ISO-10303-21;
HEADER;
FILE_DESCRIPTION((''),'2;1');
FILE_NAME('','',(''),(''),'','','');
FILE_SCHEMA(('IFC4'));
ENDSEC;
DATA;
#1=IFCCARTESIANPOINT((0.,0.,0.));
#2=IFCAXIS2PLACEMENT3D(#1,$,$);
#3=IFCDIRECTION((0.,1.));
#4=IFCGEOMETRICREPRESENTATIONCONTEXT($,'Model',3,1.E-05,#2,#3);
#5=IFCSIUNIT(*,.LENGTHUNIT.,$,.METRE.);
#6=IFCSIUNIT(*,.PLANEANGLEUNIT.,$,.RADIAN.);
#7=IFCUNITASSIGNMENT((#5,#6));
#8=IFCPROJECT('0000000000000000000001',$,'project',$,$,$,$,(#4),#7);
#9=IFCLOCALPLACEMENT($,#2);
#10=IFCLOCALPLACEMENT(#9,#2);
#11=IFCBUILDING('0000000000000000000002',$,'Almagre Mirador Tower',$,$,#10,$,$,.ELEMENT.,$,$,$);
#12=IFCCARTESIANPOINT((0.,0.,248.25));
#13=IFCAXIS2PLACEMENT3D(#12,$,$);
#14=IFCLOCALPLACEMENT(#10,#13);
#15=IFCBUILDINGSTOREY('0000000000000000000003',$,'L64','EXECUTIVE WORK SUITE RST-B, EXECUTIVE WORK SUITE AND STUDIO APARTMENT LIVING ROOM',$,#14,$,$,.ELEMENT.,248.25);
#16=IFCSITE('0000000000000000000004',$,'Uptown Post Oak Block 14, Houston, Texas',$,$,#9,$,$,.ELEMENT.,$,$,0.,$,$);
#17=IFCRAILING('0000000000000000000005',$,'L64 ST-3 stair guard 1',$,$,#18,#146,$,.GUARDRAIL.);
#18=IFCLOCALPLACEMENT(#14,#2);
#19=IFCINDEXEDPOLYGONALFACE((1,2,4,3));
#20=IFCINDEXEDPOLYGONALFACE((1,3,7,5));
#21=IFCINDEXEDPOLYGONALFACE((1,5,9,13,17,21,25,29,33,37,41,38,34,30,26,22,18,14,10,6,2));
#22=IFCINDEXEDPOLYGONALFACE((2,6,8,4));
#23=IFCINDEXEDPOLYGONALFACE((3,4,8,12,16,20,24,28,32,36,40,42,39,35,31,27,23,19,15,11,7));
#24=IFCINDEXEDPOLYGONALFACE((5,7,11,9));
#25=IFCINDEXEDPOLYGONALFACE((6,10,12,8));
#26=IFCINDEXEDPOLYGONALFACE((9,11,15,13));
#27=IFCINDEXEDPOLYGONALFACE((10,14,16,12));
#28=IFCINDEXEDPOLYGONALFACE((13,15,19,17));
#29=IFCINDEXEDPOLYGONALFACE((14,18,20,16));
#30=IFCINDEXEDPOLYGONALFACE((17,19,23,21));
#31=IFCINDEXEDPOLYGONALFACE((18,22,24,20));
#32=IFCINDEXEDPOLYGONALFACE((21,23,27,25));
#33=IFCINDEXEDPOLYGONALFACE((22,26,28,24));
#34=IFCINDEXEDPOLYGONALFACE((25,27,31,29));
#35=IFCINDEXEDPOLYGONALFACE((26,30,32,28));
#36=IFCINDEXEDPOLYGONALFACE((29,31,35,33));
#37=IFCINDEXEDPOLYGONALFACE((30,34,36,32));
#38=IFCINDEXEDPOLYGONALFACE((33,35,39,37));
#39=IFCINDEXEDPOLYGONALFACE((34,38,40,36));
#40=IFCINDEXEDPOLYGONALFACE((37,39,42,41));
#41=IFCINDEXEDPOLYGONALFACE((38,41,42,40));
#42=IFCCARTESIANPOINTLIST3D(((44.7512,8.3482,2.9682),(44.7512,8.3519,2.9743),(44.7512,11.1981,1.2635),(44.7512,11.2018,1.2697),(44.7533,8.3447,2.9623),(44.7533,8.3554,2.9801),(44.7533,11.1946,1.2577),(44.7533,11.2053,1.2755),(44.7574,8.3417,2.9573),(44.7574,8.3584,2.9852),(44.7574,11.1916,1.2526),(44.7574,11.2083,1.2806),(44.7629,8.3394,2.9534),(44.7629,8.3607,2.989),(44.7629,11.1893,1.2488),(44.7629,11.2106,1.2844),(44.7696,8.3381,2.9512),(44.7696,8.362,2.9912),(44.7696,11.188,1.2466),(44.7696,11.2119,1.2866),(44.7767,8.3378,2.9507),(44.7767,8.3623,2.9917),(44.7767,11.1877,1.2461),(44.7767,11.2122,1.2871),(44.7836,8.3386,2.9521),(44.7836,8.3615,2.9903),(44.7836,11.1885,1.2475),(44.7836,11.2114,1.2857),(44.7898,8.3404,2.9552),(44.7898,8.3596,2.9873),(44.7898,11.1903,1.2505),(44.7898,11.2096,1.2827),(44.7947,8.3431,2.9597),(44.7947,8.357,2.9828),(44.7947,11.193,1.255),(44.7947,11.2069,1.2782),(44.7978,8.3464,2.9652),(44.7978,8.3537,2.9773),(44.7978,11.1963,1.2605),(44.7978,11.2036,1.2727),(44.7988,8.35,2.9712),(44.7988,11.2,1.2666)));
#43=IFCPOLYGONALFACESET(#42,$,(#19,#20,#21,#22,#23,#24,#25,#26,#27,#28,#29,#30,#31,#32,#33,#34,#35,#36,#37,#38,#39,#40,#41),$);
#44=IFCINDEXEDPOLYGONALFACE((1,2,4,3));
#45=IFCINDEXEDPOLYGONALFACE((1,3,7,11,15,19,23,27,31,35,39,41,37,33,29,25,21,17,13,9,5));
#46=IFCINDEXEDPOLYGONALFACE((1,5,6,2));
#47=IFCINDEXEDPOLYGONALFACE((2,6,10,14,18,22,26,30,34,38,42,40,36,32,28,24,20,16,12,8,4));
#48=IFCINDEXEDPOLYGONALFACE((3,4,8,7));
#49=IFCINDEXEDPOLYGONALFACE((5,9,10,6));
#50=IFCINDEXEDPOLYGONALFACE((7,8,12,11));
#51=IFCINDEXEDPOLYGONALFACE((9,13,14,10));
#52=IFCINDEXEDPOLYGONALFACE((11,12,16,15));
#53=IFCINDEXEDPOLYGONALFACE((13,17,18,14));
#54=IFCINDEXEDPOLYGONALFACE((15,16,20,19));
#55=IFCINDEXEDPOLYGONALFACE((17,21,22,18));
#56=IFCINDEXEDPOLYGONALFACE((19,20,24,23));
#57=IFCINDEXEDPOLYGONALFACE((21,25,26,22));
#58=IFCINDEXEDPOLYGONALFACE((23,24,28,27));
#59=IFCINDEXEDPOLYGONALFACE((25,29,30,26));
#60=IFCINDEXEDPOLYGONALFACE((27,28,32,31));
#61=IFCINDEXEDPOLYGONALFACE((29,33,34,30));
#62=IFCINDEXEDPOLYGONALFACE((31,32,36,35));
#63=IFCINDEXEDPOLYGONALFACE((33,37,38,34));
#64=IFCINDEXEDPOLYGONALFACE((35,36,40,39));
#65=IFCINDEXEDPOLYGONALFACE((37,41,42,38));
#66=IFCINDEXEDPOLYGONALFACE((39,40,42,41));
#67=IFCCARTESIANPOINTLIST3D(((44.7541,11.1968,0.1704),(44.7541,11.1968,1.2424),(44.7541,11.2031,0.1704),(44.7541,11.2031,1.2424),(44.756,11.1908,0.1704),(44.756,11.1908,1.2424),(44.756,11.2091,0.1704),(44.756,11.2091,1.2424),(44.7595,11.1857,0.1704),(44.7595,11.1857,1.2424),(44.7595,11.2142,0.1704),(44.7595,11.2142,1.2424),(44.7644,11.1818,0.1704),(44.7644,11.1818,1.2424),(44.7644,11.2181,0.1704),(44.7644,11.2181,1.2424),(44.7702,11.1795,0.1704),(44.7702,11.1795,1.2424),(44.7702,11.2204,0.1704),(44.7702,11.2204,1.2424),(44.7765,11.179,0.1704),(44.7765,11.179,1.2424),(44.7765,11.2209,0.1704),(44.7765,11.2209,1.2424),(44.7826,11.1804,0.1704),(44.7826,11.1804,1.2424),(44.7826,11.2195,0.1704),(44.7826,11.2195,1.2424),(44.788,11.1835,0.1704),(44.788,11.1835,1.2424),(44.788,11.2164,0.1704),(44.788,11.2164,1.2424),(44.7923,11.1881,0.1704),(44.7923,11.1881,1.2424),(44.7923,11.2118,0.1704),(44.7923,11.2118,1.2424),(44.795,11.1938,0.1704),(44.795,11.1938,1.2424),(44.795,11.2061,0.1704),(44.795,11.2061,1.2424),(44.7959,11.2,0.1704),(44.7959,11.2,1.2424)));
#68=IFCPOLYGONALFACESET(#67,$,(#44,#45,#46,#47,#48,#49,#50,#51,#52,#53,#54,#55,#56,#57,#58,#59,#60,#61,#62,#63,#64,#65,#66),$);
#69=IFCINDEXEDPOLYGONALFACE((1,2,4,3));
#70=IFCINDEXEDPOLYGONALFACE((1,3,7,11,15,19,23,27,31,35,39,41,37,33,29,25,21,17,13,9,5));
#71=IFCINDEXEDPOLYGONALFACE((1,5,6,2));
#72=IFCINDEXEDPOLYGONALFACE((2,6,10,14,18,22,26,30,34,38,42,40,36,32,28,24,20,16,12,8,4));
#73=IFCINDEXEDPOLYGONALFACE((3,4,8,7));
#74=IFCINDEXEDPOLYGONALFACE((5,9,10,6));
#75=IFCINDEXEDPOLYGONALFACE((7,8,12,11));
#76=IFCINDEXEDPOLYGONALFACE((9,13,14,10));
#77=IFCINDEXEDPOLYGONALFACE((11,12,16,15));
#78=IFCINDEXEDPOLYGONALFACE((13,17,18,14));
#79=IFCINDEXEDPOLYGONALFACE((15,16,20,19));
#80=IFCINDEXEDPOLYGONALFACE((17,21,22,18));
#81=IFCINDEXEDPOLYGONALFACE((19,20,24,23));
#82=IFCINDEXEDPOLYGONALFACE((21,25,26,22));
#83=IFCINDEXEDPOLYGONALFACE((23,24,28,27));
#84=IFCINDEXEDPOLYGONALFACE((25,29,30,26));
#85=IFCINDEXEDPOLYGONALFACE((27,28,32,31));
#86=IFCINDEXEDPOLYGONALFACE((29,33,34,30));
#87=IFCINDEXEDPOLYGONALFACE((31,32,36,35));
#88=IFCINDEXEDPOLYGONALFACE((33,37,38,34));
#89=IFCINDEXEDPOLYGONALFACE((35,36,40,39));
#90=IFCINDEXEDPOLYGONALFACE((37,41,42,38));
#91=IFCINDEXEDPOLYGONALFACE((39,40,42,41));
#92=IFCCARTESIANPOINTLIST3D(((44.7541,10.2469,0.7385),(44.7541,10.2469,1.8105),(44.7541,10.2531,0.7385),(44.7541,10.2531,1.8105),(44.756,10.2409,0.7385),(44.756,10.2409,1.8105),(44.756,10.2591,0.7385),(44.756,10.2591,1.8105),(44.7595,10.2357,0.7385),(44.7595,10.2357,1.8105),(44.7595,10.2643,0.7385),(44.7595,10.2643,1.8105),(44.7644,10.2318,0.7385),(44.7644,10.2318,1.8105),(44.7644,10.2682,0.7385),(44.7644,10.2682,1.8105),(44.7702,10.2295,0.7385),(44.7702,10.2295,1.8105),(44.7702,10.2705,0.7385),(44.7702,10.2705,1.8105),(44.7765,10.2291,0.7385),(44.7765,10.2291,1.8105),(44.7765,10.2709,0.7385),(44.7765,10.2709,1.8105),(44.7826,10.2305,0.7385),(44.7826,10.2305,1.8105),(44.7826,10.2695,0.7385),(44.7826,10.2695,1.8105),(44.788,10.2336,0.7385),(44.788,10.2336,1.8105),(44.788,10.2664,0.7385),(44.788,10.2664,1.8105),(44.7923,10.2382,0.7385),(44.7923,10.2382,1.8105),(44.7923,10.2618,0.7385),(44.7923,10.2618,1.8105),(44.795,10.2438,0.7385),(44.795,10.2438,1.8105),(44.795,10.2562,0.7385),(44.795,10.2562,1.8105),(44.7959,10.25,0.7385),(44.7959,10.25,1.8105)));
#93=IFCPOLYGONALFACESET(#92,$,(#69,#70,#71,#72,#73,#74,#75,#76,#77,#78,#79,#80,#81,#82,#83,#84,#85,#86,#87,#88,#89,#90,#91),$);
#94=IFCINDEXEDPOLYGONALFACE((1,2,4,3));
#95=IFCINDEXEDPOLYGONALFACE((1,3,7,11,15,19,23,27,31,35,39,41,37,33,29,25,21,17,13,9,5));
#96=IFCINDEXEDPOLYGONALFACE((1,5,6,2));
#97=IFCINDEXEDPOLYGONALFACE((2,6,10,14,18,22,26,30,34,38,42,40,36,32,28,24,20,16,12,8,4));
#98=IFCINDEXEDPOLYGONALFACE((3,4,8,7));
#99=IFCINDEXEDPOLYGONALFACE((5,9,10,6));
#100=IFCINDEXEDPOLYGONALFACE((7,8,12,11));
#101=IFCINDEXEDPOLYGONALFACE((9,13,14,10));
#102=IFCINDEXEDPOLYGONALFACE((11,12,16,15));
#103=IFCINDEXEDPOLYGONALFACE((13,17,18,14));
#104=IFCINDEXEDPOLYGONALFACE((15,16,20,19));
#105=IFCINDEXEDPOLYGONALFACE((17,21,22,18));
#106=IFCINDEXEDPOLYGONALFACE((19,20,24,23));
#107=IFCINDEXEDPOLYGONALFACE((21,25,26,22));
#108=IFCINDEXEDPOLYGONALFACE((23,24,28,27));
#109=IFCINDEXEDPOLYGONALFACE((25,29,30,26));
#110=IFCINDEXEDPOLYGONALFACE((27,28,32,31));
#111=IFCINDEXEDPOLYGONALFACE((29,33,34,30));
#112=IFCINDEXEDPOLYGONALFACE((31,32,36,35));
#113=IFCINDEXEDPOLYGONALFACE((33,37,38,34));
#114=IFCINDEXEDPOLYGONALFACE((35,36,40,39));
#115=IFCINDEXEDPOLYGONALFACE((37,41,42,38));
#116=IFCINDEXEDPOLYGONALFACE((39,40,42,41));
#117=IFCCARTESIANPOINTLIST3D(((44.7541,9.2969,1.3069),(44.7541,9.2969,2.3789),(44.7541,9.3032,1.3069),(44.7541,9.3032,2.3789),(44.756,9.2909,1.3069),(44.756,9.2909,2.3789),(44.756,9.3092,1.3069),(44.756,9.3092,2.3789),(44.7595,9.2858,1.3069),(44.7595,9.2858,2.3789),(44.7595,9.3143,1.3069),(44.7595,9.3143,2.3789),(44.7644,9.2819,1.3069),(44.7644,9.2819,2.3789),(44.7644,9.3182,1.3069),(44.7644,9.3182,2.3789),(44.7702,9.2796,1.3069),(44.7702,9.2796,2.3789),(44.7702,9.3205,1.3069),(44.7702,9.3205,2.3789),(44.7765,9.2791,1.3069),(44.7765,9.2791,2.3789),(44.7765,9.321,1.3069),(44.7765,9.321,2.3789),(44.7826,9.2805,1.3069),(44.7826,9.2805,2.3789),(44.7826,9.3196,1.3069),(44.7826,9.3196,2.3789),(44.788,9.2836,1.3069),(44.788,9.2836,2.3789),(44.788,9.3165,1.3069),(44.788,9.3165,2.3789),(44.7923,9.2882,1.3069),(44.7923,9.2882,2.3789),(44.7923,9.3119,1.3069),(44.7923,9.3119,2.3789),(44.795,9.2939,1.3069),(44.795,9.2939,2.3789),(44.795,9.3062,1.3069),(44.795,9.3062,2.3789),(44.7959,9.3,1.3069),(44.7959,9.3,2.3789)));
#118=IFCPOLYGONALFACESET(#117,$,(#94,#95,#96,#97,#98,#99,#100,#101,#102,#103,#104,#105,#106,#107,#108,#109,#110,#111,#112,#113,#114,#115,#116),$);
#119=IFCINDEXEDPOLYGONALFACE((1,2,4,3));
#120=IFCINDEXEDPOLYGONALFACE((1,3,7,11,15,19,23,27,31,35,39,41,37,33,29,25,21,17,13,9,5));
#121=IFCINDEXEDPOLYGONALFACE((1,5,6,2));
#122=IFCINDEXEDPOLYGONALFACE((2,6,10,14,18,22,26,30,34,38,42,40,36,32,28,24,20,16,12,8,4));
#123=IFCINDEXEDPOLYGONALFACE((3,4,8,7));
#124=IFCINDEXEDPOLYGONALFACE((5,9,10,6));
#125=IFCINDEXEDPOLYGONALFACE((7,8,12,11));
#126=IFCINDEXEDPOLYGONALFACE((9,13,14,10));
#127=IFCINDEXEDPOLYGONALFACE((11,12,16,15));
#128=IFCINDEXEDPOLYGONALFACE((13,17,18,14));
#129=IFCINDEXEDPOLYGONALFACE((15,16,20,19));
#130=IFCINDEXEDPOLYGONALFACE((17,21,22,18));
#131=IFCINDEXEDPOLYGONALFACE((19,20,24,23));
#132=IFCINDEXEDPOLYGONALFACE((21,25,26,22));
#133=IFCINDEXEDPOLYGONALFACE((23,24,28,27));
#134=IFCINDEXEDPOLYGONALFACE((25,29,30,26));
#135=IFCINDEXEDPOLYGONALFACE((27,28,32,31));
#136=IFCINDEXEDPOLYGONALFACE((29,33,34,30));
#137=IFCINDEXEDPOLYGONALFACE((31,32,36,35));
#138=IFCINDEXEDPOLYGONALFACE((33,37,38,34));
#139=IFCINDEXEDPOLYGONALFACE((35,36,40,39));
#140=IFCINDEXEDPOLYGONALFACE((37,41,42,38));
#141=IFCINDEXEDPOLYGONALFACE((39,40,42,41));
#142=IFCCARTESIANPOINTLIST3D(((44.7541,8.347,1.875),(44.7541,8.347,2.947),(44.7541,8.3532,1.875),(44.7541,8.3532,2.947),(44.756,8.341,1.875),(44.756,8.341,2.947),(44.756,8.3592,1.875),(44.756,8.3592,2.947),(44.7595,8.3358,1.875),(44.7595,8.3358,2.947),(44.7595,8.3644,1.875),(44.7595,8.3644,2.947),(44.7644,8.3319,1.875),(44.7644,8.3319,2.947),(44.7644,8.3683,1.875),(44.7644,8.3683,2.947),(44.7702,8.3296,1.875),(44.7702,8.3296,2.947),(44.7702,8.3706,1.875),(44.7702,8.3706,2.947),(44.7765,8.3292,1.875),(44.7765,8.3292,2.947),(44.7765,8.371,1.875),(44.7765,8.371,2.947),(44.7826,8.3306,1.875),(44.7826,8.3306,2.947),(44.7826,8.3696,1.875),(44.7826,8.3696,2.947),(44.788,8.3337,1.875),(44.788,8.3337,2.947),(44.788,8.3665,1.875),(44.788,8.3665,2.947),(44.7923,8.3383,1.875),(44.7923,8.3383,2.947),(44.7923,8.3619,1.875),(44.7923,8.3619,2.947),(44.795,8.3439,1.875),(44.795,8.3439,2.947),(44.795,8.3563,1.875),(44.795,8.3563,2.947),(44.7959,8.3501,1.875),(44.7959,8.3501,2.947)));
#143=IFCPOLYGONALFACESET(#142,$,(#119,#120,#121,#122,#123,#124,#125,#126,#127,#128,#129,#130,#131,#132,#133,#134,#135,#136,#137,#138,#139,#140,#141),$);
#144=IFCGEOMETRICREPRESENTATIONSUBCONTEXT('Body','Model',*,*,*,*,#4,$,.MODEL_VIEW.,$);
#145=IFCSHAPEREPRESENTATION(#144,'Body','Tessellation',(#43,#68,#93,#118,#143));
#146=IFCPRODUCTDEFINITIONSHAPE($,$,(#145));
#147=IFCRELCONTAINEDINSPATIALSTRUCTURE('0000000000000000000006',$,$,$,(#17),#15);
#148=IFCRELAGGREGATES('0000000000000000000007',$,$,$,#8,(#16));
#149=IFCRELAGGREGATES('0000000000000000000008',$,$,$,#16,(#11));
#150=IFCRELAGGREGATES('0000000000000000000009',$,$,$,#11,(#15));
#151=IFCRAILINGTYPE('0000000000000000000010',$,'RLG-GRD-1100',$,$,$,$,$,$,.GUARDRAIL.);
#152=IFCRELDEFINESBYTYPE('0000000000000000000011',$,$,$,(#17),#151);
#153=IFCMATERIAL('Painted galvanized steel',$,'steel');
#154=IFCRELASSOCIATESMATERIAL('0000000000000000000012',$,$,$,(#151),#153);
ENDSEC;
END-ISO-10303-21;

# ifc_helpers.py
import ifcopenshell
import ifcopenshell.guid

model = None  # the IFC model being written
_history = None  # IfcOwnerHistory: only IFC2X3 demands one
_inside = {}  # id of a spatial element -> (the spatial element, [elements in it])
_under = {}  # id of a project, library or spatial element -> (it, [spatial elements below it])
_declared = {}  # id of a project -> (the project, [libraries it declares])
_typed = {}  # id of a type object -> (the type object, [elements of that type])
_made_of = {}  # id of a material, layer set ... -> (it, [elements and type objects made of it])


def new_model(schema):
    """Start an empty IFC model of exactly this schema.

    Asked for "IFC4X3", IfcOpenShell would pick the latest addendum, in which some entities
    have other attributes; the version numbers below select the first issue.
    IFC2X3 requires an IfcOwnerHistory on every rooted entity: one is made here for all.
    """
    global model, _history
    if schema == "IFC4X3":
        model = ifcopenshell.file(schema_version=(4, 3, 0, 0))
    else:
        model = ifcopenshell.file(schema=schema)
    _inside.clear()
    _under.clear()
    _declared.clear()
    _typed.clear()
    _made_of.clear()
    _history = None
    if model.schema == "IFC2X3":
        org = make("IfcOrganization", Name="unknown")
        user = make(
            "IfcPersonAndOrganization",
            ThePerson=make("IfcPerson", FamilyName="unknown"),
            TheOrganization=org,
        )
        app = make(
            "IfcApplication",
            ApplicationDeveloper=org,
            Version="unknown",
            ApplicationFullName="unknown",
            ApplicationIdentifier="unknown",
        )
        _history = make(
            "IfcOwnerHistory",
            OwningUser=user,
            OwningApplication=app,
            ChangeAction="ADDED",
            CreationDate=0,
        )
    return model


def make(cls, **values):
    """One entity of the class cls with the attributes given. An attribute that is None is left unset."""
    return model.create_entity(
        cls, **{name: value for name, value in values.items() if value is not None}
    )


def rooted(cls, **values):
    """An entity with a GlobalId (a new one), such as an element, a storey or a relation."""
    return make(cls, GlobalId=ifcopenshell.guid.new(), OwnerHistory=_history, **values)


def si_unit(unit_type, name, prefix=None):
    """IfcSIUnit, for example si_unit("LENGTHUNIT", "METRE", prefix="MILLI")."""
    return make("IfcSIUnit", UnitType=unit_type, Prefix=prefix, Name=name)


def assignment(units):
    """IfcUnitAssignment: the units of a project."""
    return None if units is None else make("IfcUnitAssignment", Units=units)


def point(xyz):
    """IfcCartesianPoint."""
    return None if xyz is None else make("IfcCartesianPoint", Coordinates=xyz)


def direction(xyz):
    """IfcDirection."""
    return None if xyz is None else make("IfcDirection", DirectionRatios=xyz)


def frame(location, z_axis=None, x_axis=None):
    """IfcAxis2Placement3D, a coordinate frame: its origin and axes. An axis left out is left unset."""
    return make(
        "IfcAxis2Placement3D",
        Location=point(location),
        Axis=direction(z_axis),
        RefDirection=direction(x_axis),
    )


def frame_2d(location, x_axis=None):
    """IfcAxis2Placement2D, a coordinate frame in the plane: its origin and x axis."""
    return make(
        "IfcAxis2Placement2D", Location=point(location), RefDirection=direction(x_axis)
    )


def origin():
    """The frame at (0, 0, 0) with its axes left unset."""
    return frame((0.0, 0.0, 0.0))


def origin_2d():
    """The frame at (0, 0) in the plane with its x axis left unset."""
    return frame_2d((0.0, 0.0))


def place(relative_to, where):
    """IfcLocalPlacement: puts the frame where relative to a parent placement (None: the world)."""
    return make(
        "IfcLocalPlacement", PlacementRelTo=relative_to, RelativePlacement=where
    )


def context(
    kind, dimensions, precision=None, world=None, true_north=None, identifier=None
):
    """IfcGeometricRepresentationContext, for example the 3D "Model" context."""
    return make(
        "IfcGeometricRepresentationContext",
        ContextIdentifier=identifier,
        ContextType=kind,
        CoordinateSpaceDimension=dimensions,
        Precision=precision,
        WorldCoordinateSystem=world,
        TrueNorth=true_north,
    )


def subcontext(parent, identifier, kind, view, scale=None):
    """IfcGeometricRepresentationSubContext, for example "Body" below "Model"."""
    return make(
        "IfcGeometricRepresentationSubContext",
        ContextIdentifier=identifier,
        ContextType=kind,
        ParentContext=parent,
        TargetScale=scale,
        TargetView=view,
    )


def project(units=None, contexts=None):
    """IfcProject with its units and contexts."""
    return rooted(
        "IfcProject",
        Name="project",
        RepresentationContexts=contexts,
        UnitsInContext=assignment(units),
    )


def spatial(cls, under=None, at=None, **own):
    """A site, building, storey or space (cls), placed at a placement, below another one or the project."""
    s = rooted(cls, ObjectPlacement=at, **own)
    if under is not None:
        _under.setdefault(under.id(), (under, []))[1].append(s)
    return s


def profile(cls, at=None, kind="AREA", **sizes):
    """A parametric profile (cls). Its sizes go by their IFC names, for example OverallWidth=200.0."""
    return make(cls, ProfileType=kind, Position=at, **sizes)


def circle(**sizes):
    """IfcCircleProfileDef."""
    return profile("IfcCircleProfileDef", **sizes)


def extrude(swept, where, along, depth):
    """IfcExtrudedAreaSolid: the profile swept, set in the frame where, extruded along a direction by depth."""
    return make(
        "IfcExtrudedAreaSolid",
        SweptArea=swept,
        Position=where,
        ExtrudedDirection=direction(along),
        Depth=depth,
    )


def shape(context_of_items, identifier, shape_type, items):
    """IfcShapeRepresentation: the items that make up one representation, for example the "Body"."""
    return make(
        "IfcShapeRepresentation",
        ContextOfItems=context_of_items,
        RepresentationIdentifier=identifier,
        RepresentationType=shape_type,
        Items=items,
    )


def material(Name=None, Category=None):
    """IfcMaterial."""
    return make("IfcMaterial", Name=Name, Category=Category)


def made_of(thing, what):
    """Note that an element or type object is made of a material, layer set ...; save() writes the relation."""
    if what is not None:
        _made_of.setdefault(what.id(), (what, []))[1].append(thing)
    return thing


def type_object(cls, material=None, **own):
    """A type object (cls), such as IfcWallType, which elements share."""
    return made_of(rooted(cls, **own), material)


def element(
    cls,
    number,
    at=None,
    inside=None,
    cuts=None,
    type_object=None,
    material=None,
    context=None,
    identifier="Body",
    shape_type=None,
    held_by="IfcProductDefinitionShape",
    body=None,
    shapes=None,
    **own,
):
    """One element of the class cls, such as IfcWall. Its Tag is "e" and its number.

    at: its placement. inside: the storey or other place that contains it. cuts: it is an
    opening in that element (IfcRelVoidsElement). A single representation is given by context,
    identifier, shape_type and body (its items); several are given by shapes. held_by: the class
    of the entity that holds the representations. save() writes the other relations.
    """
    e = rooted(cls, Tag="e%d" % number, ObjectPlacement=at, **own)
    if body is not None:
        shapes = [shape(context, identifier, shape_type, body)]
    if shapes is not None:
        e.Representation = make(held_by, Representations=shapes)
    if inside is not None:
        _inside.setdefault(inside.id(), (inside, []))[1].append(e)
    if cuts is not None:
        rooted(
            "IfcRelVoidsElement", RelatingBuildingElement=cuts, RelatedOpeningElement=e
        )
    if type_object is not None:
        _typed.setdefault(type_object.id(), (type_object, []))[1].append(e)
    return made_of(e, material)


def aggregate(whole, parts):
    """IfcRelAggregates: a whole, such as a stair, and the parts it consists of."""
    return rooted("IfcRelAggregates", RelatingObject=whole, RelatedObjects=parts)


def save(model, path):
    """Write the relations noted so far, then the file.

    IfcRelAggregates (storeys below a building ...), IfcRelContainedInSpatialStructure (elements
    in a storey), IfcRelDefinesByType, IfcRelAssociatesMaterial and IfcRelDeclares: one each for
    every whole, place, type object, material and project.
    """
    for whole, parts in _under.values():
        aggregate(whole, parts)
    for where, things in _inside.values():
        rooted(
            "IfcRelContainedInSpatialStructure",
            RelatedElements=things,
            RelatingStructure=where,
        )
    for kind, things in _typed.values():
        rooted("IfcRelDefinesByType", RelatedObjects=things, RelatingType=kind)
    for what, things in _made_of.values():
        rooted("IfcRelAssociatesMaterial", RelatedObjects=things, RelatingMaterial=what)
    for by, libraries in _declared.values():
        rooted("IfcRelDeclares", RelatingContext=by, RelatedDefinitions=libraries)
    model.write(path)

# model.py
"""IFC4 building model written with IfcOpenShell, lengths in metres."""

from ifc_helpers import new_model, si_unit, direction, frame, origin, origin_2d, place, context, subcontext, project, spatial, circle, extrude, material, type_object, element, save


model = new_model("IFC4")

# Units and contexts
model_context = context("Model", 3, precision=1e-05, world=origin(), true_north=direction((0.0, 1.0)))
body_context = subcontext(model_context, "Body", "Model", "MODEL_VIEW")
ifc_project = project(units=[si_unit("LENGTHUNIT", "METRE"), si_unit("PLANEANGLEUNIT", "RADIAN")], contexts=[model_context])

# Site, building, storey
site_placement = place(None, origin())
site = spatial("IfcSite", under=ifc_project, at=site_placement, Name="Uptown Post Oak Block 14, Houston, Texas", CompositionType="ELEMENT", RefElevation=0.0)
building_placement = place(site_placement, origin())
building = spatial("IfcBuilding", under=site, at=building_placement, Name="Almagre Mirador Tower", CompositionType="ELEMENT")
storey_placement = place(building_placement, frame((0.0, 0.0, 248.25)))
storey = spatial("IfcBuildingStorey", under=building, at=storey_placement, Name="L64", Description="EXECUTIVE WORK SUITE RST-B, EXECUTIVE WORK SUITE AND STUDIO APARTMENT LIVING ROOM", CompositionType="ELEMENT", Elevation=248.25)

# Railing
ifc_material_1 = material(Name="Painted galvanized steel", Category="steel")
railing_type_1 = type_object("IfcRailingType", Name="RLG-GRD-1100", PredefinedType="GUARDRAIL", material=ifc_material_1)
railing_1_placement = place(storey_placement, frame((44.7749, 11.2, 0.1704)))
element("IfcRailing", 1, at=railing_1_placement, inside=storey, type_object=railing_type_1, Name="L64 ST-3 stair guard 1", PredefinedType="GUARDRAIL", context=body_context, shape_type="SweptSolid", body=[
    extrude(circle(Radius=0.0239, at=origin_2d()), frame((0.0, 0.0, 1.0962), z_axis=(0.0, -0.858199, 0.513317), x_axis=(1.0, 0.0, 0.0)), (0.0, 0.0, 1.0), 3.3208),
    extrude(circle(Radius=0.021, at=origin_2d()), origin(), (0.0, 0.0, 1.0), 1.072),
    extrude(circle(Radius=0.021, at=origin_2d()), frame((0.0, -0.95, 0.5681)), (0.0, 0.0, 1.0), 1.072),
    extrude(circle(Radius=0.021, at=origin_2d()), frame((0.0, -1.8999, 1.1365)), (0.0, 0.0, 1.0), 1.072),
    extrude(circle(Radius=0.021, at=origin_2d()), frame((0.0, -2.8499, 1.7046)), (0.0, 0.0, 1.0), 1.072),
])

save(model, "model.ifc")
